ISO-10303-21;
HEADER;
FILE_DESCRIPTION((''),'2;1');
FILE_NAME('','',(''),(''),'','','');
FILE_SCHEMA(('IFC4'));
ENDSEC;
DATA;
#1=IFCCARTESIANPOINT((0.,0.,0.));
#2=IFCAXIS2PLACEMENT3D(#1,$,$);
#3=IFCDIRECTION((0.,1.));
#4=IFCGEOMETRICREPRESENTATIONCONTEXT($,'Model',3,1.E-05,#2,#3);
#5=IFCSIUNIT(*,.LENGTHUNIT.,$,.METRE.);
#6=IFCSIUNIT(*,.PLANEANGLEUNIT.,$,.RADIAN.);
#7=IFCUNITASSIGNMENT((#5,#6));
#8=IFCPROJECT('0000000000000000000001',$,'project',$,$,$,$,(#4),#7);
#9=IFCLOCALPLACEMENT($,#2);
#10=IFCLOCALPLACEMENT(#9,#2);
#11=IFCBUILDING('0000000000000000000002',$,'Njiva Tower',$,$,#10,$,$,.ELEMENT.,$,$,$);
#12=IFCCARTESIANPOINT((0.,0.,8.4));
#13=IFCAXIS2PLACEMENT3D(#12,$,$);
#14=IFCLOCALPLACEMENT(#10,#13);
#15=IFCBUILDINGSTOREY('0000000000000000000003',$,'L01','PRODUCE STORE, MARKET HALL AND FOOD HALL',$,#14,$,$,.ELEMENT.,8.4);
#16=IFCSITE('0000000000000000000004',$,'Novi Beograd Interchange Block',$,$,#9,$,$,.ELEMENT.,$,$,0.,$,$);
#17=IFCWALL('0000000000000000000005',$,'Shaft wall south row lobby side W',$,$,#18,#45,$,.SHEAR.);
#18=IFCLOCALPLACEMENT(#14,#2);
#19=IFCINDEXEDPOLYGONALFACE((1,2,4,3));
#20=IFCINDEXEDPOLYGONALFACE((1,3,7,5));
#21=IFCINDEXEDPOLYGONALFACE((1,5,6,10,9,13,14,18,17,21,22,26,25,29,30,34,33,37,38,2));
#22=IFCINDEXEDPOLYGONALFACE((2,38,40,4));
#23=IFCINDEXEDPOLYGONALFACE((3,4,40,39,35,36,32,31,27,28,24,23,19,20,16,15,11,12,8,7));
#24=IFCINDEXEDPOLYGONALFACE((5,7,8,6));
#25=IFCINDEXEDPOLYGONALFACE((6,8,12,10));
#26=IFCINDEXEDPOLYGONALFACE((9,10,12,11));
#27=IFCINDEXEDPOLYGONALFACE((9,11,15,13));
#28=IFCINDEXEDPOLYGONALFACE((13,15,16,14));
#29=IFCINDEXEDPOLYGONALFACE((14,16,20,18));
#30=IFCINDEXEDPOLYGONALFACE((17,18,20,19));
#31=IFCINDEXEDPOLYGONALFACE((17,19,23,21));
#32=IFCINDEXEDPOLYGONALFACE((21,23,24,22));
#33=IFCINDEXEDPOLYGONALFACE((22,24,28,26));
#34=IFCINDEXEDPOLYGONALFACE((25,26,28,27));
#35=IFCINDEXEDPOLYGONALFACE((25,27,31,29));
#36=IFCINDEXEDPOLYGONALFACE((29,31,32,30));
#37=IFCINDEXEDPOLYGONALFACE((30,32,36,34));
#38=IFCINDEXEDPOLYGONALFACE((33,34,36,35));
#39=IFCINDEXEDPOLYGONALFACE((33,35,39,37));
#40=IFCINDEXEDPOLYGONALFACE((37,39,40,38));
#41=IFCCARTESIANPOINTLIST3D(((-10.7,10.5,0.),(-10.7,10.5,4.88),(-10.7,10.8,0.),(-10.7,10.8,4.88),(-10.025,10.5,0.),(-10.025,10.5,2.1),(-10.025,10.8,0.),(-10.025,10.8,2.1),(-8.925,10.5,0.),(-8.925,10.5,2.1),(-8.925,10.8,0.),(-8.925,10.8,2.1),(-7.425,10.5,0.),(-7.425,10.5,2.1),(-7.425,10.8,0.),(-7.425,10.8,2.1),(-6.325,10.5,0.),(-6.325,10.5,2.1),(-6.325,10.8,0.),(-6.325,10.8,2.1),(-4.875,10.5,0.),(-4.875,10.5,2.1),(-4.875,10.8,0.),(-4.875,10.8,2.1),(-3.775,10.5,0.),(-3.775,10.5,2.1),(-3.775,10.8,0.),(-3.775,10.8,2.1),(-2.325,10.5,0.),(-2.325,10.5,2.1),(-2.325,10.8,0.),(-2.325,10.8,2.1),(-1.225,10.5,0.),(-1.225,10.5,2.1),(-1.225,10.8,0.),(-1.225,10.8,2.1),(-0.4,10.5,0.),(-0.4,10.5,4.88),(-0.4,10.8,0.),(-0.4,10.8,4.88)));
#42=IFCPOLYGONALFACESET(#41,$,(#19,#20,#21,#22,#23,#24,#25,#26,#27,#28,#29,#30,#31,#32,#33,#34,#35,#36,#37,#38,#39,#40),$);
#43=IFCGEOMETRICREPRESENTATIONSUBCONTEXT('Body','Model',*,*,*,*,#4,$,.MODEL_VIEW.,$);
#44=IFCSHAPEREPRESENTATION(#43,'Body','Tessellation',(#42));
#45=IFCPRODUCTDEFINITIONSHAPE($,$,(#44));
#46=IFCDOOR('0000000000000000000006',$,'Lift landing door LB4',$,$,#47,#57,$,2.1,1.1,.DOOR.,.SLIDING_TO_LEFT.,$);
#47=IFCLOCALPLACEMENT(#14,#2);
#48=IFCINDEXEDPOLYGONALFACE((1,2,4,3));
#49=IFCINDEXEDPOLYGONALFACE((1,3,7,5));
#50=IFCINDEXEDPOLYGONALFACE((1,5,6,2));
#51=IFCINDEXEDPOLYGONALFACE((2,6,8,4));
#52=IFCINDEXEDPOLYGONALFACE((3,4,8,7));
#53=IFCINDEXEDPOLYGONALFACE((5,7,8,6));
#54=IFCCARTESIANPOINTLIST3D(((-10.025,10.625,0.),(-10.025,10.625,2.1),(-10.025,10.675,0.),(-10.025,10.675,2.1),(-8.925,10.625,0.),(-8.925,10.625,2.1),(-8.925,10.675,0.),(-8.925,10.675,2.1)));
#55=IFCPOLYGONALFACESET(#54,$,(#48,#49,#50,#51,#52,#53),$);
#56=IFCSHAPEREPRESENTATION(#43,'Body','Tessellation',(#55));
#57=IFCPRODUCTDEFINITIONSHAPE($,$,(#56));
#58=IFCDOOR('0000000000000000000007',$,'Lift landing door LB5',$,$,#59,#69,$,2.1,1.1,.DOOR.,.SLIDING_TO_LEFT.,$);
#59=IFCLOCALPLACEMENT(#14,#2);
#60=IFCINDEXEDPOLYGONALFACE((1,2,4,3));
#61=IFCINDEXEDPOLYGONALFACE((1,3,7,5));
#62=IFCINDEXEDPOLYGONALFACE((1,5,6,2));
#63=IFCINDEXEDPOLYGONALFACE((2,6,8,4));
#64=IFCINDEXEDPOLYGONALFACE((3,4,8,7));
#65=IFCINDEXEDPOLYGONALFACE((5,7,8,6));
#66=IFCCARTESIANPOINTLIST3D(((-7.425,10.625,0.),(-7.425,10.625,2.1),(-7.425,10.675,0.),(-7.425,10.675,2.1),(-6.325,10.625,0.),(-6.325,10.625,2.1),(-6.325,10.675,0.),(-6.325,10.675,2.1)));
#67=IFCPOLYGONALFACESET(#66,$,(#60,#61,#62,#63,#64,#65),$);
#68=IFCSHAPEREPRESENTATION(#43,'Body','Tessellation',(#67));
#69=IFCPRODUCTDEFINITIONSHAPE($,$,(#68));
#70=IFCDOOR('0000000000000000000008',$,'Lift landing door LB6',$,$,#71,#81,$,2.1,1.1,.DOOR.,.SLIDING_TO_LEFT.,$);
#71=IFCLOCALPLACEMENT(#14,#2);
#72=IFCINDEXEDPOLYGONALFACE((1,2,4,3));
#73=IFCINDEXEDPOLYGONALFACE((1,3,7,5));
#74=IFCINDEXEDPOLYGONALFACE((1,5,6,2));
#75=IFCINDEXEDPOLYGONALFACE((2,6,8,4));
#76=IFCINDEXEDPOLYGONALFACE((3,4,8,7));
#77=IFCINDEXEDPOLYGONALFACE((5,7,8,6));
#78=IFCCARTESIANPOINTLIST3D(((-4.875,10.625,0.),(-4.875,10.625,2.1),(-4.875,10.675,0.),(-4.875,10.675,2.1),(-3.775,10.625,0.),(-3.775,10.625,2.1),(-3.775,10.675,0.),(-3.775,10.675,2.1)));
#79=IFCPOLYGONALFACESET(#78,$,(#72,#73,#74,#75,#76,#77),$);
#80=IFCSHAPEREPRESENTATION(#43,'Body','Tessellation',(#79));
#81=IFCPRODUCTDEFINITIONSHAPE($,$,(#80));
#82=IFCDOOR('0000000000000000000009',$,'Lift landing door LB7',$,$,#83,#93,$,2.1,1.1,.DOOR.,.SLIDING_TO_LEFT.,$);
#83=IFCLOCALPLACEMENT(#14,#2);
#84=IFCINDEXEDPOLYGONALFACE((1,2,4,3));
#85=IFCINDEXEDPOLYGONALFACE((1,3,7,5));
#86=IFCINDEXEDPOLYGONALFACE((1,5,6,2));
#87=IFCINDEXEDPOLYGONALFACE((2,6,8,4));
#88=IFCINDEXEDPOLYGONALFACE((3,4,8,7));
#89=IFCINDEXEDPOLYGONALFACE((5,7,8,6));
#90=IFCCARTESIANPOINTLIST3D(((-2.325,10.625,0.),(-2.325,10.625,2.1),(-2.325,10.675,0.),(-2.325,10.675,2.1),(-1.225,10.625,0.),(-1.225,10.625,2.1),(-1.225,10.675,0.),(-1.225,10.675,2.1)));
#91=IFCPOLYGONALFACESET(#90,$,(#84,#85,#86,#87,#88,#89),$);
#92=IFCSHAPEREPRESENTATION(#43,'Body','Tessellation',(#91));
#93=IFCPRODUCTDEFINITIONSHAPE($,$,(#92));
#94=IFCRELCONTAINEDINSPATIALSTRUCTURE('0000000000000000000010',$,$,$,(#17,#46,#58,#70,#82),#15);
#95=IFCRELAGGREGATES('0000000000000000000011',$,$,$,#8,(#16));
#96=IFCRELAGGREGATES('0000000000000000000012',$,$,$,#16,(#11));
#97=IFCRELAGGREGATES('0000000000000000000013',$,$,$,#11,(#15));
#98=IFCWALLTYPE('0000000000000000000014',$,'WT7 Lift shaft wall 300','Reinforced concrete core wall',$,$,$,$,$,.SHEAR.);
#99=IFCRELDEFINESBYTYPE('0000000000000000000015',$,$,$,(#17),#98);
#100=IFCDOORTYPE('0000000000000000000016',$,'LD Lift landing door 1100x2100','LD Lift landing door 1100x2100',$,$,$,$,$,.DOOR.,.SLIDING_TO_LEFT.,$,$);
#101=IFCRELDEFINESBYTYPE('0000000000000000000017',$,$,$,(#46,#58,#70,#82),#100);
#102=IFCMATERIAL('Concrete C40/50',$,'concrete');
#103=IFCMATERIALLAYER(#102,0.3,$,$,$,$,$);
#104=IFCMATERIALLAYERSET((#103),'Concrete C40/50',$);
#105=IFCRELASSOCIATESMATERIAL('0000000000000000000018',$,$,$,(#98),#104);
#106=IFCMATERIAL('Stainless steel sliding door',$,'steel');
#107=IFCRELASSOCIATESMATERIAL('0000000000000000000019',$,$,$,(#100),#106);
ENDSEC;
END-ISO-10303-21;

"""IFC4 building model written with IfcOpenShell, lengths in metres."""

from ifc_helpers import new_model, si_unit, direction, frame, frame_2d, origin, place, context, subcontext, project, spatial, rectangle, extrude, material, layer, layer_set, type_object, element, fill, save


model = new_model("IFC4")

# Units and contexts
model_context = context("Model", 3, precision=1e-05, world=origin(), true_north=direction((0.0, 1.0)))
body_context = subcontext(model_context, "Body", "Model", "MODEL_VIEW")
ifc_project = project(units=[si_unit("LENGTHUNIT", "METRE"), si_unit("PLANEANGLEUNIT", "RADIAN")], contexts=[model_context])

# Site, building, storey
site_placement = place(None, origin())
site = spatial("IfcSite", under=ifc_project, at=site_placement, Name="Novi Beograd Interchange Block", CompositionType="ELEMENT", RefElevation=0.0)
building_placement = place(site_placement, origin())
building = spatial("IfcBuilding", under=site, at=building_placement, Name="Njiva Tower", CompositionType="ELEMENT")
storey_placement = place(building_placement, frame((0.0, 0.0, 8.4)))
storey = spatial("IfcBuildingStorey", under=building, at=storey_placement, Name="L01", Description="PRODUCE STORE, MARKET HALL AND FOOD HALL", CompositionType="ELEMENT", Elevation=8.4)

# Shared definitions
ifc_material_1 = material(Name="Concrete C40/50", Category="concrete")

# Wall, openings, doors
ifc_layer_1 = layer(ifc_material_1, 0.3)
ifc_layer_set_1 = layer_set([ifc_layer_1], Name="Concrete C40/50")
wall_type_1 = type_object("IfcWallType", Name="WT7 Lift shaft wall 300", Description="Reinforced concrete core wall", PredefinedType="SHEAR", material=ifc_layer_set_1)
wall_1_placement = place(storey_placement, frame((-10.7, 10.65, 0.0), z_axis=(0.0, 0.0, 1.0), x_axis=(1.0, 0.0, 0.0)))
wall_1 = element("IfcWall", 1, at=wall_1_placement, inside=storey, type_object=wall_type_1, Name="Shaft wall south row lobby side W", PredefinedType="SHEAR", context=body_context, shape_type="SweptSolid", body=[
    extrude(rectangle(XDim=10.3, YDim=0.3, at=frame_2d((5.15, 0.0))), origin(), (0.0, 0.0, 1.0), 4.88),
])
opening_1_placement = place(wall_1_placement, frame((0.675, 0.0, 0.0)))
opening_1 = element("IfcOpeningElement", 2, at=opening_1_placement, cuts=wall_1, PredefinedType="OPENING", context=body_context, shape_type="SweptSolid", body=[
    extrude(rectangle(XDim=1.1, YDim=2.1, at=frame_2d((0.55, 1.05))), frame((0.0, 0.16, 0.0), z_axis=(0.0, -1.0, 0.0), x_axis=(1.0, 0.0, 0.0)), (0.0, 0.0, 1.0), 0.32),
])
opening_2_placement = place(wall_1_placement, frame((3.275, 0.0, 0.0)))
opening_2 = element("IfcOpeningElement", 3, at=opening_2_placement, cuts=wall_1, PredefinedType="OPENING", context=body_context, shape_type="SweptSolid", body=[
    extrude(rectangle(XDim=1.1, YDim=2.1, at=frame_2d((0.55, 1.05))), frame((0.0, 0.16, 0.0), z_axis=(0.0, -1.0, 0.0), x_axis=(1.0, 0.0, 0.0)), (0.0, 0.0, 1.0), 0.32),
])
opening_3_placement = place(wall_1_placement, frame((5.825, 0.0, 0.0)))
opening_3 = element("IfcOpeningElement", 4, at=opening_3_placement, cuts=wall_1, PredefinedType="OPENING", context=body_context, shape_type="SweptSolid", body=[
    extrude(rectangle(XDim=1.1, YDim=2.1, at=frame_2d((0.55, 1.05))), frame((0.0, 0.16, 0.0), z_axis=(0.0, -1.0, 0.0), x_axis=(1.0, 0.0, 0.0)), (0.0, 0.0, 1.0), 0.32),
])
opening_4_placement = place(wall_1_placement, frame((8.375, 0.0, 0.0)))
opening_4 = element("IfcOpeningElement", 5, at=opening_4_placement, cuts=wall_1, PredefinedType="OPENING", context=body_context, shape_type="SweptSolid", body=[
    extrude(rectangle(XDim=1.1, YDim=2.1, at=frame_2d((0.55, 1.05))), frame((0.0, 0.16, 0.0), z_axis=(0.0, -1.0, 0.0), x_axis=(1.0, 0.0, 0.0)), (0.0, 0.0, 1.0), 0.32),
])
ifc_material_2 = material(Name="Stainless steel sliding door", Category="steel")
door_type_1 = type_object("IfcDoorType", Name="LD Lift landing door 1100x2100", Description="LD Lift landing door 1100x2100", OperationType="SLIDING_TO_LEFT", PredefinedType="DOOR", material=ifc_material_2)
door_1_placement = place(opening_1_placement, origin())
door_1 = element("IfcDoor", 6, at=door_1_placement, inside=storey, type_object=door_type_1, Name="Lift landing door LB4", OperationType="SLIDING_TO_LEFT", OverallHeight=2.1, OverallWidth=1.1, PredefinedType="DOOR", context=body_context, shape_type="SweptSolid", body=[
    extrude(rectangle(XDim=1.1, YDim=2.1, at=frame_2d((0.55, 1.05))), frame((0.0, 0.025, 0.0), z_axis=(0.0, -1.0, 0.0), x_axis=(1.0, 0.0, 0.0)), (0.0, 0.0, 1.0), 0.05),
])
fill(opening_1, door_1)
door_2_placement = place(opening_2_placement, origin())
door_2 = element("IfcDoor", 7, at=door_2_placement, inside=storey, type_object=door_type_1, Name="Lift landing door LB5", OperationType="SLIDING_TO_LEFT", OverallHeight=2.1, OverallWidth=1.1, PredefinedType="DOOR", context=body_context, shape_type="SweptSolid", body=[
    extrude(rectangle(XDim=1.1, YDim=2.1, at=frame_2d((0.55, 1.05))), frame((0.0, 0.025, 0.0), z_axis=(0.0, -1.0, 0.0), x_axis=(1.0, 0.0, 0.0)), (0.0, 0.0, 1.0), 0.05),
])
fill(opening_2, door_2)
door_3_placement = place(opening_3_placement, origin())
door_3 = element("IfcDoor", 8, at=door_3_placement, inside=storey, type_object=door_type_1, Name="Lift landing door LB6", OperationType="SLIDING_TO_LEFT", OverallHeight=2.1, OverallWidth=1.1, PredefinedType="DOOR", context=body_context, shape_type="SweptSolid", body=[
    extrude(rectangle(XDim=1.1, YDim=2.1, at=frame_2d((0.55, 1.05))), frame((0.0, 0.025, 0.0), z_axis=(0.0, -1.0, 0.0), x_axis=(1.0, 0.0, 0.0)), (0.0, 0.0, 1.0), 0.05),
])
fill(opening_3, door_3)
door_4_placement = place(opening_4_placement, origin())
door_4 = element("IfcDoor", 9, at=door_4_placement, inside=storey, type_object=door_type_1, Name="Lift landing door LB7", OperationType="SLIDING_TO_LEFT", OverallHeight=2.1, OverallWidth=1.1, PredefinedType="DOOR", context=body_context, shape_type="SweptSolid", body=[
    extrude(rectangle(XDim=1.1, YDim=2.1, at=frame_2d((0.55, 1.05))), frame((0.0, 0.025, 0.0), z_axis=(0.0, -1.0, 0.0), x_axis=(1.0, 0.0, 0.0)), (0.0, 0.0, 1.0), 0.05),
])
fill(opening_4, door_4)

save(model, "model.ifc")
